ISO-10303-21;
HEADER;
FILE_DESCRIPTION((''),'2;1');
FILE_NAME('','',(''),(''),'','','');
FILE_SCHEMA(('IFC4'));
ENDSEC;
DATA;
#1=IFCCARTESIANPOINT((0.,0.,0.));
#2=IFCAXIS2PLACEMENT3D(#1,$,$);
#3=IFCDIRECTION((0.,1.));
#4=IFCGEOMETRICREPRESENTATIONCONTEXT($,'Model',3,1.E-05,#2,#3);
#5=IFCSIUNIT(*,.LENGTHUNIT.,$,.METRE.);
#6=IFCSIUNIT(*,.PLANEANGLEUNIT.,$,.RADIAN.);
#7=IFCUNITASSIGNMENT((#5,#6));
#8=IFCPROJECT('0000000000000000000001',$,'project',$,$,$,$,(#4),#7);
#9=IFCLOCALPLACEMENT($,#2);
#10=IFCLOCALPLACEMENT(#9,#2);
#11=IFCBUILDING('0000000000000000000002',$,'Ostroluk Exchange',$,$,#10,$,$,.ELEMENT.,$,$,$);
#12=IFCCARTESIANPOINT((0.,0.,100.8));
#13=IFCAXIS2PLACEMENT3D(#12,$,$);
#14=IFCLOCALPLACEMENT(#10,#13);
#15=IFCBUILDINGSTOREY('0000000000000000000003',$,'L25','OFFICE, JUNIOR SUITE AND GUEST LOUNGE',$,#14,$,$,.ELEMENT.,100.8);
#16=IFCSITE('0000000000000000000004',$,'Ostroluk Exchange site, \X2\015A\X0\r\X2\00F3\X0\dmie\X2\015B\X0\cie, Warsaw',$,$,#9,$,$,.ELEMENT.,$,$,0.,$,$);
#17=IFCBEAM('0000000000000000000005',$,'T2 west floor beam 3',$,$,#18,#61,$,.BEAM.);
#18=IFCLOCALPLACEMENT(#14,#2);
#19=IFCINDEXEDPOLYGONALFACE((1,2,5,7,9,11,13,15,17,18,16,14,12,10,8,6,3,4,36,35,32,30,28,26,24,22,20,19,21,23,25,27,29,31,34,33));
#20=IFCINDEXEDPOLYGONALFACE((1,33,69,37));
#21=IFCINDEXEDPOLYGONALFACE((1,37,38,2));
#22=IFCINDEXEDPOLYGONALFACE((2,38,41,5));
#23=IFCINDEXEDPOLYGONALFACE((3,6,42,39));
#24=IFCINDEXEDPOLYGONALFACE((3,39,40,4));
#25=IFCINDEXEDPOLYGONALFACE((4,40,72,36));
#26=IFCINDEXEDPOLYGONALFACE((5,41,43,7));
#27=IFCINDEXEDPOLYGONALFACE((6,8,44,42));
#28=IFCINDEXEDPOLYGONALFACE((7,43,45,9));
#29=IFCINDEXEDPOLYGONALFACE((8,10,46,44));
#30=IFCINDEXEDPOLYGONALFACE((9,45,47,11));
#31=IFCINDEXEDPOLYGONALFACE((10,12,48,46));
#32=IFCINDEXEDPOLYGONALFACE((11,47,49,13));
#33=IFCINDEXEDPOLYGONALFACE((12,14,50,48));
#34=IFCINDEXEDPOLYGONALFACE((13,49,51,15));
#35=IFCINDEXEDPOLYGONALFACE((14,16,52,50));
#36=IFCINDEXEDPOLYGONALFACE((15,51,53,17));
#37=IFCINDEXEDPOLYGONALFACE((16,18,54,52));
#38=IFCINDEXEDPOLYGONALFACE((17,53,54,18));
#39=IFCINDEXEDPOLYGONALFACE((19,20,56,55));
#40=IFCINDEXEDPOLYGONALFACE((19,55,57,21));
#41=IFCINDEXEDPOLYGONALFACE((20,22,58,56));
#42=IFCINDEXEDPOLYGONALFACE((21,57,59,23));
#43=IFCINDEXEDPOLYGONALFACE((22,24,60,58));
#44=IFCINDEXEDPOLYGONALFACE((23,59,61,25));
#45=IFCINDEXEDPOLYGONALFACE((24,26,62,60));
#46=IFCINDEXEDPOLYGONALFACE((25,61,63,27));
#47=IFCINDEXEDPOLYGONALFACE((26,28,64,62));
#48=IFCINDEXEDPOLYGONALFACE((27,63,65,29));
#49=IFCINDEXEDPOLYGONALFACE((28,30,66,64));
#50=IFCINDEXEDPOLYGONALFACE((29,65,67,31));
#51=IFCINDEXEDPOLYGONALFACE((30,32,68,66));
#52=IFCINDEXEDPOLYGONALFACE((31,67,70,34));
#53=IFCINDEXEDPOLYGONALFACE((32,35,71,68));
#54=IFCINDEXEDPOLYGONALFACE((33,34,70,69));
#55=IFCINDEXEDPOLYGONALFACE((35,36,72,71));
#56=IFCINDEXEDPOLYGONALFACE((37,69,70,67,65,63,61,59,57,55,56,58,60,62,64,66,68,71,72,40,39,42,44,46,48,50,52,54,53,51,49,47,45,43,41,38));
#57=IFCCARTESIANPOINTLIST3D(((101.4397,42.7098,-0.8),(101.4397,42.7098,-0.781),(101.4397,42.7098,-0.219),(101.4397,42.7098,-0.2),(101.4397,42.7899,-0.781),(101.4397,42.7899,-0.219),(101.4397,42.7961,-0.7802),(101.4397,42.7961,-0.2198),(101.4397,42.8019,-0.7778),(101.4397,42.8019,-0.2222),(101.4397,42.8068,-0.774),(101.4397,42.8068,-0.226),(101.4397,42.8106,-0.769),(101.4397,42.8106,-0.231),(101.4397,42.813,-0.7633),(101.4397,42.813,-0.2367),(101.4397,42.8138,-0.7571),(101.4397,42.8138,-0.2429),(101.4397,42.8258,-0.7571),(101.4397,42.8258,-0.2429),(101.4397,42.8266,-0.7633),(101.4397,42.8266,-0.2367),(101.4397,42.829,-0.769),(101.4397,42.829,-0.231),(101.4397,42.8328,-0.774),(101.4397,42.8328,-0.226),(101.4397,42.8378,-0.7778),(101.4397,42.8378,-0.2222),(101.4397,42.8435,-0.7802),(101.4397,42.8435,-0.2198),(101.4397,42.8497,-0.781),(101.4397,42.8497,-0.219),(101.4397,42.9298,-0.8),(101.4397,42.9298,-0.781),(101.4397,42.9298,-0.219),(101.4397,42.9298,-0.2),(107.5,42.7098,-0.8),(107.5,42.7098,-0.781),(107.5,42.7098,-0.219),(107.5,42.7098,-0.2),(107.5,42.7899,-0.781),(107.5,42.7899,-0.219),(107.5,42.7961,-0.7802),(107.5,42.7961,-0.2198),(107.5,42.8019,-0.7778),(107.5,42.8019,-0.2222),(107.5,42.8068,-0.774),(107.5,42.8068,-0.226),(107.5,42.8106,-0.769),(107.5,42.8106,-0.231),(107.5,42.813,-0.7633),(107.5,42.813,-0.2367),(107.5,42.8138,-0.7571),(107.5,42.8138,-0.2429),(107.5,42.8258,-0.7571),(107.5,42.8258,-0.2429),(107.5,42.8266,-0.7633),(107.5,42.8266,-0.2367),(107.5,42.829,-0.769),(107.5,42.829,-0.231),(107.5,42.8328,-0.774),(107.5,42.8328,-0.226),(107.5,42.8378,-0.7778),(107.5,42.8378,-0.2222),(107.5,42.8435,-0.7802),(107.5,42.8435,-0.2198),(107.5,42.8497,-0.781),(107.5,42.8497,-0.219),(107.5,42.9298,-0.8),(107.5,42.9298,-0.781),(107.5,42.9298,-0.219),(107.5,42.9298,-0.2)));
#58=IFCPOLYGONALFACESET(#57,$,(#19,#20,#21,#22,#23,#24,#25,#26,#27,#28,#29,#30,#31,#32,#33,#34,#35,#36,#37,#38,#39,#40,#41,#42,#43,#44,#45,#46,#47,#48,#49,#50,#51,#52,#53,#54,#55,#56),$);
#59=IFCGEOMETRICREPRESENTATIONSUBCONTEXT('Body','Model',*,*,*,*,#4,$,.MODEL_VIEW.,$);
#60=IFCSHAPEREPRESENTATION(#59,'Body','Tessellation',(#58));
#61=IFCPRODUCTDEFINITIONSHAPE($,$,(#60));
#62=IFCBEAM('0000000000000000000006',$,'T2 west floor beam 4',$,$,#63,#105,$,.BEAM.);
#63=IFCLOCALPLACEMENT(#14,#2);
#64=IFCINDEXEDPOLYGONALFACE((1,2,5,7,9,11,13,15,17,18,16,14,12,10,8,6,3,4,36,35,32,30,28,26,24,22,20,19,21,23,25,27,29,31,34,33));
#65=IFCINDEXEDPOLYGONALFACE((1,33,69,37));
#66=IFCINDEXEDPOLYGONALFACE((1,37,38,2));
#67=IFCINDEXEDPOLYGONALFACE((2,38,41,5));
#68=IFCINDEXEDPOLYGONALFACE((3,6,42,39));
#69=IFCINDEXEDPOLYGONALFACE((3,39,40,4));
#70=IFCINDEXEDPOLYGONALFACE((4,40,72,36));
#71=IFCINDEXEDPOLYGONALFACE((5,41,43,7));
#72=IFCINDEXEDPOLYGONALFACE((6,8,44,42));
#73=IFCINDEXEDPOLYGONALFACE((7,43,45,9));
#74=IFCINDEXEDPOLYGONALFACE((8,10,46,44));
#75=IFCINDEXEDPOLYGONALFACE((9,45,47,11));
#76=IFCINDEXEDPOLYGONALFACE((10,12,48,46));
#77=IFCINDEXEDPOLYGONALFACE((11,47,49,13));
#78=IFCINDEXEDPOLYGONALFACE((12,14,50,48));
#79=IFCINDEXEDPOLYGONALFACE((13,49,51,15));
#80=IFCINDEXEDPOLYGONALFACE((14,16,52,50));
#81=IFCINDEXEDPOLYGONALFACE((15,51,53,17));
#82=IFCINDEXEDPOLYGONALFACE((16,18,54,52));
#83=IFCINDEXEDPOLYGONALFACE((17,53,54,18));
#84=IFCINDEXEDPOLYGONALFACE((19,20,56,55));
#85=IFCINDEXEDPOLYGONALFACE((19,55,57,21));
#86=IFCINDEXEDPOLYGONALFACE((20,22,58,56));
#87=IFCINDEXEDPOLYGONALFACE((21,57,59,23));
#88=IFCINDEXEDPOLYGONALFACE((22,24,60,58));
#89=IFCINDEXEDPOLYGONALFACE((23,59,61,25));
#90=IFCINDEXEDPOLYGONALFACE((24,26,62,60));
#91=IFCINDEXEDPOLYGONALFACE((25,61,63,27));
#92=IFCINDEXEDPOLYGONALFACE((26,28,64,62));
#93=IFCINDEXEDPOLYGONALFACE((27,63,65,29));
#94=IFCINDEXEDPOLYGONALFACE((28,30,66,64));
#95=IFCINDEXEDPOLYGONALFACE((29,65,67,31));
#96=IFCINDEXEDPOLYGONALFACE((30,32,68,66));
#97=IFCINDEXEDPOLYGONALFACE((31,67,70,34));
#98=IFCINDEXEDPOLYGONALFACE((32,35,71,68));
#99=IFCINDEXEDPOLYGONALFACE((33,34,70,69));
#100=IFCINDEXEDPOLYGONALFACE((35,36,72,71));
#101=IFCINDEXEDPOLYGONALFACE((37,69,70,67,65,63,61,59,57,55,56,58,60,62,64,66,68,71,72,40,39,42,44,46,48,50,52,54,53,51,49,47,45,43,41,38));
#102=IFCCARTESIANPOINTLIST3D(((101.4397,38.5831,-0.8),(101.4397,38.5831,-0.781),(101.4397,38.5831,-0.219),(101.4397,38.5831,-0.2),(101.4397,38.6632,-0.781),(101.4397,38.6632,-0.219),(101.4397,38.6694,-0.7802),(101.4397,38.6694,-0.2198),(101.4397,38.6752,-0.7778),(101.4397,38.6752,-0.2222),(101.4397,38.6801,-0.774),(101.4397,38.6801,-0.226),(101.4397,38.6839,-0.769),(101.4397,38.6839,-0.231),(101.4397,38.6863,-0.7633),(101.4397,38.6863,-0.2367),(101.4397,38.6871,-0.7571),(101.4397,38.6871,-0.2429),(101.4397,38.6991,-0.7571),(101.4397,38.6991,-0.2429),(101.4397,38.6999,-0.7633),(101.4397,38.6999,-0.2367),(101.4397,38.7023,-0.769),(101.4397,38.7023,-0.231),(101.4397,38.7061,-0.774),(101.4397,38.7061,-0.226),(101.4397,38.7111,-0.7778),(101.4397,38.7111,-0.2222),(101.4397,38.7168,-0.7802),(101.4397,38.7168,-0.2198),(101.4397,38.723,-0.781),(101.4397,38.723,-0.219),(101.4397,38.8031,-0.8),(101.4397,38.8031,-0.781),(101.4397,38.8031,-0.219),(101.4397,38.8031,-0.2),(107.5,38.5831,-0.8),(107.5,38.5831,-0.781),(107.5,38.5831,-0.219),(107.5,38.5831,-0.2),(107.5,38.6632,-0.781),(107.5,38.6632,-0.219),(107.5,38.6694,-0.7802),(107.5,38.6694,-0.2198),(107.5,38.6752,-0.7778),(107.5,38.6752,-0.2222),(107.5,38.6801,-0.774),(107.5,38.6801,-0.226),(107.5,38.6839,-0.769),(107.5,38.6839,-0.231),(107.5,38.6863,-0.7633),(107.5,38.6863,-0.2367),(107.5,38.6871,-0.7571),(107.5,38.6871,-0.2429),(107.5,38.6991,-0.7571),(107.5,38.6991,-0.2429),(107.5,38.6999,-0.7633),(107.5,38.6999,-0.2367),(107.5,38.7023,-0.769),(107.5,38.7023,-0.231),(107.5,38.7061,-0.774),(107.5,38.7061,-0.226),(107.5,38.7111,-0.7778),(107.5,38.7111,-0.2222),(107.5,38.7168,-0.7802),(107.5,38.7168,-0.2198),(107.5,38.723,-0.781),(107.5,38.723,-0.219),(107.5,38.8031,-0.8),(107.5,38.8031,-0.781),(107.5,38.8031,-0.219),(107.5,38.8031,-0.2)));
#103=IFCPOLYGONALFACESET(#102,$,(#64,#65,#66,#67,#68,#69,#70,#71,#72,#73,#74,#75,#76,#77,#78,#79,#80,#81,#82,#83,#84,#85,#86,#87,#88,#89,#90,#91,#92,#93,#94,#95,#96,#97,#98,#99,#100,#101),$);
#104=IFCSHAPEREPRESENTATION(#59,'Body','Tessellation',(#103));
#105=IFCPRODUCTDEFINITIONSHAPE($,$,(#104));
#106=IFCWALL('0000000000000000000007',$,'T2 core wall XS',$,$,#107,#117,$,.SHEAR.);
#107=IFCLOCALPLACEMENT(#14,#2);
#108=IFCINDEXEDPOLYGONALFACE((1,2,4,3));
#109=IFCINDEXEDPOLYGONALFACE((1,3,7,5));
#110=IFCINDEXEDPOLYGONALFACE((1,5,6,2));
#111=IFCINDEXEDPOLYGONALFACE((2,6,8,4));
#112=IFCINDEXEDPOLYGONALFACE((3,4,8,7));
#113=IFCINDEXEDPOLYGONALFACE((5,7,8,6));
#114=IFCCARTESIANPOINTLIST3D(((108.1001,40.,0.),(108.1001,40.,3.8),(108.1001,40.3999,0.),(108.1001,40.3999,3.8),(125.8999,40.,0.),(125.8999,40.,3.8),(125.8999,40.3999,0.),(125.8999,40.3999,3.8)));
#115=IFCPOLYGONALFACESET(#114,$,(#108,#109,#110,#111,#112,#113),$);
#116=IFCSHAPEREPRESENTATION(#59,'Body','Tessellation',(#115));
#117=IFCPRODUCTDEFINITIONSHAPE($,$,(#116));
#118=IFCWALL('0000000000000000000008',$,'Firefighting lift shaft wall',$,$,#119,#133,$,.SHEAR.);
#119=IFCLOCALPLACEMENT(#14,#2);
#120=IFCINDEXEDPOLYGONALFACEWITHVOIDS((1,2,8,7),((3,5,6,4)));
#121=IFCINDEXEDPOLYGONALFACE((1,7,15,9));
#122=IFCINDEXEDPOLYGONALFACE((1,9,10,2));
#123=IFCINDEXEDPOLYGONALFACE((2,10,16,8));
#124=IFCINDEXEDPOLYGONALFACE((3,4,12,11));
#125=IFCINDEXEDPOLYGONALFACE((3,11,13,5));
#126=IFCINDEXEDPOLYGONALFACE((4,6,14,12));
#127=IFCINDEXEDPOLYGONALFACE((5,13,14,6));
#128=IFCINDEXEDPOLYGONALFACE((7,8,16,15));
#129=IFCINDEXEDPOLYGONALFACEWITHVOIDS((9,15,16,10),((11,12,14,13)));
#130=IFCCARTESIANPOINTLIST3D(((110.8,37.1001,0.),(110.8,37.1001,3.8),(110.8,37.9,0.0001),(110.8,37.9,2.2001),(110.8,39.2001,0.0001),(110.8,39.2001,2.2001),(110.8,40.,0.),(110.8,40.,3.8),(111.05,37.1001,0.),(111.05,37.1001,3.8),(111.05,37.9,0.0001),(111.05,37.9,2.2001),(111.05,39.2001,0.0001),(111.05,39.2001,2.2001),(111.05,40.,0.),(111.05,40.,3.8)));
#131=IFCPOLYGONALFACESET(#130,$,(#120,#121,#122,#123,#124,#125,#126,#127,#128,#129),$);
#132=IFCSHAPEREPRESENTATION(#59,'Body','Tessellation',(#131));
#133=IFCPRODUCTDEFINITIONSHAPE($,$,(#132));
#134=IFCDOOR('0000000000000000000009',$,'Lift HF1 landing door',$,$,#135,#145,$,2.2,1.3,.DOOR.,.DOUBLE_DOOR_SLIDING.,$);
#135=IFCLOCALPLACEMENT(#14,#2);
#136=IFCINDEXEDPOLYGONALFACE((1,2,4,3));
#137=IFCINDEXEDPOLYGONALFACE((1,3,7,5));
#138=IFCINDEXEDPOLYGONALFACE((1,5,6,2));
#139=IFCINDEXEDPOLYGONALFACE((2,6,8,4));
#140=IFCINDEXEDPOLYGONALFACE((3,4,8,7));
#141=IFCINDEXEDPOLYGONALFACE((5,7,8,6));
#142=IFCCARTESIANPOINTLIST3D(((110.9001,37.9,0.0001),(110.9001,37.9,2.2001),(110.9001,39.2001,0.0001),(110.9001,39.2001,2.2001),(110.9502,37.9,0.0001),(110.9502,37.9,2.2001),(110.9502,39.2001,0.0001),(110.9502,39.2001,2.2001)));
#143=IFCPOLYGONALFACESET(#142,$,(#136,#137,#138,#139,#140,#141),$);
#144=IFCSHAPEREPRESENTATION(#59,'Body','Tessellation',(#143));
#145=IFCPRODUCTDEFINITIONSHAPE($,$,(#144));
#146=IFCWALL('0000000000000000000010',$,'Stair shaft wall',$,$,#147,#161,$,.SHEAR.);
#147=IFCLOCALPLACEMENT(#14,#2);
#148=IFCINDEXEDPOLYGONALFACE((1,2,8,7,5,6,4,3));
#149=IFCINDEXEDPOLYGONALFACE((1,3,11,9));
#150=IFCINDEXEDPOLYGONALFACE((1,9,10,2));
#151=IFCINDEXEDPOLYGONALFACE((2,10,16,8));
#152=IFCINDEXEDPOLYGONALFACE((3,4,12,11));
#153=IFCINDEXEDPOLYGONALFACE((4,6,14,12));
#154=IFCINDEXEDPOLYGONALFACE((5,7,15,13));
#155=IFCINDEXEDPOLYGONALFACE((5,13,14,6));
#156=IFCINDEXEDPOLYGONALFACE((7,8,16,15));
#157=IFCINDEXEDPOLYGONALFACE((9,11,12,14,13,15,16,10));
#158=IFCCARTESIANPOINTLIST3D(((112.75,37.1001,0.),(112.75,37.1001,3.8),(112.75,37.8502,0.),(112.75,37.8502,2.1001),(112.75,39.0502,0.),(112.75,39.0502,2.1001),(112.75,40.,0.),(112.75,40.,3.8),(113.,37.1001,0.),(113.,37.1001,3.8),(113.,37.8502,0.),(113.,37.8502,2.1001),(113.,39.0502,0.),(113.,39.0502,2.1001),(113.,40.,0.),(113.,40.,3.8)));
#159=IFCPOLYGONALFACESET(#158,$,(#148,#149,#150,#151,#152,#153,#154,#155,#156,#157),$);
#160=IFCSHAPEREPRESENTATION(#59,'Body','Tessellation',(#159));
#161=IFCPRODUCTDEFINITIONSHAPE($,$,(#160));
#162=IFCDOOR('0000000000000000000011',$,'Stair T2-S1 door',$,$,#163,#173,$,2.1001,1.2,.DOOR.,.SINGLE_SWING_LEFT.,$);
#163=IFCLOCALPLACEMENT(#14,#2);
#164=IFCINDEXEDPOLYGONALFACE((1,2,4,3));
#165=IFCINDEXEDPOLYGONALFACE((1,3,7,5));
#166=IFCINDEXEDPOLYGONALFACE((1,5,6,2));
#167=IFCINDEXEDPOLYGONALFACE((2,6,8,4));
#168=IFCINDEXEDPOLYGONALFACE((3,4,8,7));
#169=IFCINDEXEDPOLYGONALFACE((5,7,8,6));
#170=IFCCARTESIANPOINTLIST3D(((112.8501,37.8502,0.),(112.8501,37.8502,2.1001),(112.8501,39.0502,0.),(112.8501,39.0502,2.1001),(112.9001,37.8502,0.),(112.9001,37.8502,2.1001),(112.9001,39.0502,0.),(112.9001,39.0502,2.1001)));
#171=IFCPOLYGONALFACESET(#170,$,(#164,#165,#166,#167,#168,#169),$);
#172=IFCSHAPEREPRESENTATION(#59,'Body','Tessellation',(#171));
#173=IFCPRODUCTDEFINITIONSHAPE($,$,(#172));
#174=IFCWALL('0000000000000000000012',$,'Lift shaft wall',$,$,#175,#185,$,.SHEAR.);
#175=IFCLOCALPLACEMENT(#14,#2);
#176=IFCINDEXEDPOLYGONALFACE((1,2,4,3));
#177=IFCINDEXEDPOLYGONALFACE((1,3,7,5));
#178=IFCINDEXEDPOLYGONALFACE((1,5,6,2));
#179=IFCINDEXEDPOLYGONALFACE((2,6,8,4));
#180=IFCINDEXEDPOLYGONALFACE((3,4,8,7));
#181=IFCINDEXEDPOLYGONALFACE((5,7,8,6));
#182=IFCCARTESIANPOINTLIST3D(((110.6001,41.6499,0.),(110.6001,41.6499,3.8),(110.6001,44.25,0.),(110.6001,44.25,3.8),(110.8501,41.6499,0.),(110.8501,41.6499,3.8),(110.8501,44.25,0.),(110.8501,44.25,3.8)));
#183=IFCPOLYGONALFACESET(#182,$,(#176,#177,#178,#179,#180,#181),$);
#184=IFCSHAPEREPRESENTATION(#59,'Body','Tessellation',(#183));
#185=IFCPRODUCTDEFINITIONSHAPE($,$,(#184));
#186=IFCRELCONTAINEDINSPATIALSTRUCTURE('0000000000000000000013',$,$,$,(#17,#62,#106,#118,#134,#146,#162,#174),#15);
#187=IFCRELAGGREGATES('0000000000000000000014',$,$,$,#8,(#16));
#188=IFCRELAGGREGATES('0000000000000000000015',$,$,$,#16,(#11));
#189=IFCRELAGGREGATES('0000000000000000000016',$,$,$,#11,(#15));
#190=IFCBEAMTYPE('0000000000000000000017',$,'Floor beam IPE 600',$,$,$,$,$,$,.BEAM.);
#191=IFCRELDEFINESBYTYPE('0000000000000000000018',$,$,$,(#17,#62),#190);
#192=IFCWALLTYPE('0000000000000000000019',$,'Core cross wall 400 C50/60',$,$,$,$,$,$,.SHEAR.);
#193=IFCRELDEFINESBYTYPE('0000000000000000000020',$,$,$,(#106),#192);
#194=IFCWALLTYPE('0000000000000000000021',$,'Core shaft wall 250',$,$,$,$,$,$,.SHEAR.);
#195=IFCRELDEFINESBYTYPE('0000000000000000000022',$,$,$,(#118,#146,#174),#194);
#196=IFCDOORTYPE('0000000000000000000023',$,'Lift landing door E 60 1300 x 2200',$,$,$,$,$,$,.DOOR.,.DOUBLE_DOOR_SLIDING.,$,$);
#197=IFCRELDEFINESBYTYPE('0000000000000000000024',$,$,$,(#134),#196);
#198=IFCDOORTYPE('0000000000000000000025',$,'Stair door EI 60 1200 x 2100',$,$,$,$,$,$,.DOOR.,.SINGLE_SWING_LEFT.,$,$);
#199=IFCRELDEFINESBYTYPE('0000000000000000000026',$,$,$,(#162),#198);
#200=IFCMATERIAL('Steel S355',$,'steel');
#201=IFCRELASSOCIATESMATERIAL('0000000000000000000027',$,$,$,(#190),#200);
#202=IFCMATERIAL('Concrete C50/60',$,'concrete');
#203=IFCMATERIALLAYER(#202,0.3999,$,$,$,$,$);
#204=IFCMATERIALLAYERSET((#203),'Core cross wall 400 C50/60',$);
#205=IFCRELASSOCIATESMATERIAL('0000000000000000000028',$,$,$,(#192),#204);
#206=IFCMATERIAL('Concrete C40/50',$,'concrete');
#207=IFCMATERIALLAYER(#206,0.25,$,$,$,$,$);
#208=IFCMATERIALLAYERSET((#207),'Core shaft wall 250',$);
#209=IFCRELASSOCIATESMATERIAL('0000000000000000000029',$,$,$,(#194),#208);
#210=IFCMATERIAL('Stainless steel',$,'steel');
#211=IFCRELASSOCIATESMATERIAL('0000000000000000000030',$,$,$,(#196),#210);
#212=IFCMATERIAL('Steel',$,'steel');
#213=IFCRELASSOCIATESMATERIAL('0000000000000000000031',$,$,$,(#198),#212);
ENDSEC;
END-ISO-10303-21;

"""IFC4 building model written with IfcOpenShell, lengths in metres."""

from ifc_helpers import new_model, si_unit, direction, frame, frame_2d, origin, origin_2d, place, context, subcontext, project, spatial, rectangle, i_section, extrude, material, layer, layer_set, material_profile, profile_set, type_object, element, fill, save


model = new_model("IFC4")

# Units and contexts
model_context = context("Model", 3, precision=1e-05, world=origin(), true_north=direction((0.0, 1.0)))
body_context = subcontext(model_context, "Body", "Model", "MODEL_VIEW")
ifc_project = project(units=[si_unit("LENGTHUNIT", "METRE"), si_unit("PLANEANGLEUNIT", "RADIAN")], contexts=[model_context])

# Site, building, storey
site_placement = place(None, origin())
site = spatial("IfcSite", under=ifc_project, at=site_placement, Name="Ostroluk Exchange site, Śródmieście, Warsaw", CompositionType="ELEMENT", RefElevation=0.0)
building_placement = place(site_placement, origin())
building = spatial("IfcBuilding", under=site, at=building_placement, Name="Ostroluk Exchange", CompositionType="ELEMENT")
storey_placement = place(building_placement, frame((0.0, 0.0, 100.8)))
storey = spatial("IfcBuildingStorey", under=building, at=storey_placement, Name="L25", Description="OFFICE, JUNIOR SUITE AND GUEST LOUNGE", CompositionType="ELEMENT", Elevation=100.8)

# Beams
ifc_material_1 = material(Name="Steel S355", Category="steel")
ifc_material_profile = material_profile(ifc_material_1, i_section(OverallWidth=0.22, OverallDepth=0.6001, WebThickness=0.012, FlangeThickness=0.019, FilletRadius=0.0239, at=origin_2d()), Name="IPE 600")
ifc_profile_set = profile_set([ifc_material_profile], Name="Steel S355")
beam_type = type_object("IfcBeamType", Name="Floor beam IPE 600", PredefinedType="BEAM", material=ifc_profile_set)
for number, where, z_axis, x_axis, name in (
    (1, (107.5, 42.8198, -0.5), (-1.0, 0.0, 0.0), (0.0, -1.0, 0.0), "T2 west floor beam 3"),
    (2, (107.5, 38.6931, -0.5), (-1.0, 0.0, 0.0), (0.0, -1.0, 0.0), "T2 west floor beam 4"),
):
    element("IfcBeam", number, at=place(storey_placement, frame(where, z_axis=z_axis, x_axis=x_axis)), inside=storey, type_object=beam_type, Name=name, PredefinedType="BEAM", context=body_context, shape_type="SweptSolid", body=[
        extrude(i_section(OverallWidth=0.22, OverallDepth=0.6001, WebThickness=0.012, FlangeThickness=0.019, FilletRadius=0.0239, at=origin_2d()), origin(), (0.0, 0.0, 1.0), 6.0603),
    ])

# Wall
ifc_material_2 = material(Name="Concrete C50/60", Category="concrete")
ifc_layer_1 = layer(ifc_material_2, 0.3999)
ifc_layer_set_1 = layer_set([ifc_layer_1], Name="Core cross wall 400 C50/60")
wall_type_1 = type_object("IfcWallType", Name="Core cross wall 400 C50/60", PredefinedType="SHEAR", material=ifc_layer_set_1)
wall_1_placement = place(storey_placement, frame((108.1001, 40.2, 0.0), z_axis=(0.0, 0.0, 1.0), x_axis=(1.0, 0.0, 0.0)))
element("IfcWall", 3, at=wall_1_placement, inside=storey, type_object=wall_type_1, Name="T2 core wall XS", PredefinedType="SHEAR", context=body_context, shape_type="SweptSolid", body=[
    extrude(rectangle(XDim=17.7998, YDim=0.3999, at=frame_2d((8.8999, 0.0))), origin(), (0.0, 0.0, 1.0), 3.8),
])

# Walls, openings, doors
ifc_material_3 = material(Name="Concrete C40/50", Category="concrete")
ifc_layer_2 = layer(ifc_material_3, 0.25)
ifc_layer_set_2 = layer_set([ifc_layer_2], Name="Core shaft wall 250")
wall_type_2 = type_object("IfcWallType", Name="Core shaft wall 250", PredefinedType="SHEAR", material=ifc_layer_set_2)
wall_2_placement = place(storey_placement, frame((110.925, 37.1001, 0.0), z_axis=(0.0, 0.0, 1.0), x_axis=(0.0, 1.0, 0.0)))
wall_2 = element("IfcWall", 4, at=wall_2_placement, inside=storey, type_object=wall_type_2, Name="Firefighting lift shaft wall", PredefinedType="SHEAR", context=body_context, shape_type="SweptSolid", body=[
    extrude(rectangle(XDim=2.8999, YDim=0.25, at=frame_2d((1.45, 0.0))), origin(), (0.0, 0.0, 1.0), 3.8),
])
opening_1_placement = place(wall_2_placement, frame((0.8, 0.0, 0.0)))
opening_1 = element("IfcOpeningElement", 5, at=opening_1_placement, cuts=wall_2, PredefinedType="OPENING", context=body_context, shape_type="SweptSolid", body=[
    extrude(rectangle(XDim=1.3, YDim=2.2, at=frame_2d((0.6499, 1.1001))), frame((0.0, 0.135, 0.0), z_axis=(0.0, -1.0, 0.0), x_axis=(1.0, 0.0, 0.0)), (0.0, 0.0, 1.0), 0.27),
])
ifc_material_4 = material(Name="Stainless steel", Category="steel")
door_type_1 = type_object("IfcDoorType", Name="Lift landing door E 60 1300 x 2200", OperationType="DOUBLE_DOOR_SLIDING", PredefinedType="DOOR", material=ifc_material_4)
door_1_placement = place(opening_1_placement, origin())
door_1 = element("IfcDoor", 6, at=door_1_placement, inside=storey, type_object=door_type_1, Name="Lift HF1 landing door", OperationType="DOUBLE_DOOR_SLIDING", OverallHeight=2.2, OverallWidth=1.3, PredefinedType="DOOR", context=body_context, shape_type="SweptSolid", body=[
    extrude(rectangle(XDim=1.3, YDim=2.2, at=frame_2d((0.6499, 1.1001))), frame((0.0, 0.0249, 0.0), z_axis=(0.0, -1.0, 0.0), x_axis=(1.0, 0.0, 0.0)), (0.0, 0.0, 1.0), 0.05),
])
fill(opening_1, door_1)
wall_3_placement = place(storey_placement, frame((112.875, 37.1001, 0.0), z_axis=(0.0, 0.0, 1.0), x_axis=(0.0, 1.0, 0.0)))
wall_3 = element("IfcWall", 7, at=wall_3_placement, inside=storey, type_object=wall_type_2, Name="Stair shaft wall", PredefinedType="SHEAR", context=body_context, shape_type="SweptSolid", body=[
    extrude(rectangle(XDim=2.8999, YDim=0.25, at=frame_2d((1.45, 0.0))), origin(), (0.0, 0.0, 1.0), 3.8),
])
opening_2_placement = place(wall_3_placement, frame((0.75, 0.0, 0.0)))
opening_2 = element("IfcOpeningElement", 8, at=opening_2_placement, cuts=wall_3, PredefinedType="OPENING", context=body_context, shape_type="SweptSolid", body=[
    extrude(rectangle(XDim=1.2, YDim=2.1001, at=frame_2d((0.6001, 1.05))), frame((0.0, 0.135, 0.0), z_axis=(0.0, -1.0, 0.0), x_axis=(1.0, 0.0, 0.0)), (0.0, 0.0, 1.0), 0.27),
])
ifc_material_5 = material(Name="Steel", Category="steel")
door_type_2 = type_object("IfcDoorType", Name="Stair door EI 60 1200 x 2100", OperationType="SINGLE_SWING_LEFT", PredefinedType="DOOR", material=ifc_material_5)
door_2_placement = place(opening_2_placement, origin())
door_2 = element("IfcDoor", 9, at=door_2_placement, inside=storey, type_object=door_type_2, Name="Stair T2-S1 door", OperationType="SINGLE_SWING_LEFT", OverallHeight=2.1001, OverallWidth=1.2, PredefinedType="DOOR", context=body_context, shape_type="SweptSolid", body=[
    extrude(rectangle(XDim=1.2, YDim=2.1001, at=frame_2d((0.6001, 1.05))), frame((0.0, 0.0249, 0.0), z_axis=(0.0, -1.0, 0.0), x_axis=(1.0, 0.0, 0.0)), (0.0, 0.0, 1.0), 0.05),
])
fill(opening_2, door_2)

# Wall
wall_4_placement = place(storey_placement, frame((110.7251, 44.25, 0.0), z_axis=(0.0, 0.0, 1.0), x_axis=(0.0, -1.0, 0.0)))
element("IfcWall", 10, at=wall_4_placement, inside=storey, type_object=wall_type_2, Name="Lift shaft wall", PredefinedType="SHEAR", context=body_context, shape_type="SweptSolid", body=[
    extrude(rectangle(XDim=2.6001, YDim=0.25, at=frame_2d((1.3, 0.0))), origin(), (0.0, 0.0, 1.0), 3.8),
])

save(model, "model.ifc")
